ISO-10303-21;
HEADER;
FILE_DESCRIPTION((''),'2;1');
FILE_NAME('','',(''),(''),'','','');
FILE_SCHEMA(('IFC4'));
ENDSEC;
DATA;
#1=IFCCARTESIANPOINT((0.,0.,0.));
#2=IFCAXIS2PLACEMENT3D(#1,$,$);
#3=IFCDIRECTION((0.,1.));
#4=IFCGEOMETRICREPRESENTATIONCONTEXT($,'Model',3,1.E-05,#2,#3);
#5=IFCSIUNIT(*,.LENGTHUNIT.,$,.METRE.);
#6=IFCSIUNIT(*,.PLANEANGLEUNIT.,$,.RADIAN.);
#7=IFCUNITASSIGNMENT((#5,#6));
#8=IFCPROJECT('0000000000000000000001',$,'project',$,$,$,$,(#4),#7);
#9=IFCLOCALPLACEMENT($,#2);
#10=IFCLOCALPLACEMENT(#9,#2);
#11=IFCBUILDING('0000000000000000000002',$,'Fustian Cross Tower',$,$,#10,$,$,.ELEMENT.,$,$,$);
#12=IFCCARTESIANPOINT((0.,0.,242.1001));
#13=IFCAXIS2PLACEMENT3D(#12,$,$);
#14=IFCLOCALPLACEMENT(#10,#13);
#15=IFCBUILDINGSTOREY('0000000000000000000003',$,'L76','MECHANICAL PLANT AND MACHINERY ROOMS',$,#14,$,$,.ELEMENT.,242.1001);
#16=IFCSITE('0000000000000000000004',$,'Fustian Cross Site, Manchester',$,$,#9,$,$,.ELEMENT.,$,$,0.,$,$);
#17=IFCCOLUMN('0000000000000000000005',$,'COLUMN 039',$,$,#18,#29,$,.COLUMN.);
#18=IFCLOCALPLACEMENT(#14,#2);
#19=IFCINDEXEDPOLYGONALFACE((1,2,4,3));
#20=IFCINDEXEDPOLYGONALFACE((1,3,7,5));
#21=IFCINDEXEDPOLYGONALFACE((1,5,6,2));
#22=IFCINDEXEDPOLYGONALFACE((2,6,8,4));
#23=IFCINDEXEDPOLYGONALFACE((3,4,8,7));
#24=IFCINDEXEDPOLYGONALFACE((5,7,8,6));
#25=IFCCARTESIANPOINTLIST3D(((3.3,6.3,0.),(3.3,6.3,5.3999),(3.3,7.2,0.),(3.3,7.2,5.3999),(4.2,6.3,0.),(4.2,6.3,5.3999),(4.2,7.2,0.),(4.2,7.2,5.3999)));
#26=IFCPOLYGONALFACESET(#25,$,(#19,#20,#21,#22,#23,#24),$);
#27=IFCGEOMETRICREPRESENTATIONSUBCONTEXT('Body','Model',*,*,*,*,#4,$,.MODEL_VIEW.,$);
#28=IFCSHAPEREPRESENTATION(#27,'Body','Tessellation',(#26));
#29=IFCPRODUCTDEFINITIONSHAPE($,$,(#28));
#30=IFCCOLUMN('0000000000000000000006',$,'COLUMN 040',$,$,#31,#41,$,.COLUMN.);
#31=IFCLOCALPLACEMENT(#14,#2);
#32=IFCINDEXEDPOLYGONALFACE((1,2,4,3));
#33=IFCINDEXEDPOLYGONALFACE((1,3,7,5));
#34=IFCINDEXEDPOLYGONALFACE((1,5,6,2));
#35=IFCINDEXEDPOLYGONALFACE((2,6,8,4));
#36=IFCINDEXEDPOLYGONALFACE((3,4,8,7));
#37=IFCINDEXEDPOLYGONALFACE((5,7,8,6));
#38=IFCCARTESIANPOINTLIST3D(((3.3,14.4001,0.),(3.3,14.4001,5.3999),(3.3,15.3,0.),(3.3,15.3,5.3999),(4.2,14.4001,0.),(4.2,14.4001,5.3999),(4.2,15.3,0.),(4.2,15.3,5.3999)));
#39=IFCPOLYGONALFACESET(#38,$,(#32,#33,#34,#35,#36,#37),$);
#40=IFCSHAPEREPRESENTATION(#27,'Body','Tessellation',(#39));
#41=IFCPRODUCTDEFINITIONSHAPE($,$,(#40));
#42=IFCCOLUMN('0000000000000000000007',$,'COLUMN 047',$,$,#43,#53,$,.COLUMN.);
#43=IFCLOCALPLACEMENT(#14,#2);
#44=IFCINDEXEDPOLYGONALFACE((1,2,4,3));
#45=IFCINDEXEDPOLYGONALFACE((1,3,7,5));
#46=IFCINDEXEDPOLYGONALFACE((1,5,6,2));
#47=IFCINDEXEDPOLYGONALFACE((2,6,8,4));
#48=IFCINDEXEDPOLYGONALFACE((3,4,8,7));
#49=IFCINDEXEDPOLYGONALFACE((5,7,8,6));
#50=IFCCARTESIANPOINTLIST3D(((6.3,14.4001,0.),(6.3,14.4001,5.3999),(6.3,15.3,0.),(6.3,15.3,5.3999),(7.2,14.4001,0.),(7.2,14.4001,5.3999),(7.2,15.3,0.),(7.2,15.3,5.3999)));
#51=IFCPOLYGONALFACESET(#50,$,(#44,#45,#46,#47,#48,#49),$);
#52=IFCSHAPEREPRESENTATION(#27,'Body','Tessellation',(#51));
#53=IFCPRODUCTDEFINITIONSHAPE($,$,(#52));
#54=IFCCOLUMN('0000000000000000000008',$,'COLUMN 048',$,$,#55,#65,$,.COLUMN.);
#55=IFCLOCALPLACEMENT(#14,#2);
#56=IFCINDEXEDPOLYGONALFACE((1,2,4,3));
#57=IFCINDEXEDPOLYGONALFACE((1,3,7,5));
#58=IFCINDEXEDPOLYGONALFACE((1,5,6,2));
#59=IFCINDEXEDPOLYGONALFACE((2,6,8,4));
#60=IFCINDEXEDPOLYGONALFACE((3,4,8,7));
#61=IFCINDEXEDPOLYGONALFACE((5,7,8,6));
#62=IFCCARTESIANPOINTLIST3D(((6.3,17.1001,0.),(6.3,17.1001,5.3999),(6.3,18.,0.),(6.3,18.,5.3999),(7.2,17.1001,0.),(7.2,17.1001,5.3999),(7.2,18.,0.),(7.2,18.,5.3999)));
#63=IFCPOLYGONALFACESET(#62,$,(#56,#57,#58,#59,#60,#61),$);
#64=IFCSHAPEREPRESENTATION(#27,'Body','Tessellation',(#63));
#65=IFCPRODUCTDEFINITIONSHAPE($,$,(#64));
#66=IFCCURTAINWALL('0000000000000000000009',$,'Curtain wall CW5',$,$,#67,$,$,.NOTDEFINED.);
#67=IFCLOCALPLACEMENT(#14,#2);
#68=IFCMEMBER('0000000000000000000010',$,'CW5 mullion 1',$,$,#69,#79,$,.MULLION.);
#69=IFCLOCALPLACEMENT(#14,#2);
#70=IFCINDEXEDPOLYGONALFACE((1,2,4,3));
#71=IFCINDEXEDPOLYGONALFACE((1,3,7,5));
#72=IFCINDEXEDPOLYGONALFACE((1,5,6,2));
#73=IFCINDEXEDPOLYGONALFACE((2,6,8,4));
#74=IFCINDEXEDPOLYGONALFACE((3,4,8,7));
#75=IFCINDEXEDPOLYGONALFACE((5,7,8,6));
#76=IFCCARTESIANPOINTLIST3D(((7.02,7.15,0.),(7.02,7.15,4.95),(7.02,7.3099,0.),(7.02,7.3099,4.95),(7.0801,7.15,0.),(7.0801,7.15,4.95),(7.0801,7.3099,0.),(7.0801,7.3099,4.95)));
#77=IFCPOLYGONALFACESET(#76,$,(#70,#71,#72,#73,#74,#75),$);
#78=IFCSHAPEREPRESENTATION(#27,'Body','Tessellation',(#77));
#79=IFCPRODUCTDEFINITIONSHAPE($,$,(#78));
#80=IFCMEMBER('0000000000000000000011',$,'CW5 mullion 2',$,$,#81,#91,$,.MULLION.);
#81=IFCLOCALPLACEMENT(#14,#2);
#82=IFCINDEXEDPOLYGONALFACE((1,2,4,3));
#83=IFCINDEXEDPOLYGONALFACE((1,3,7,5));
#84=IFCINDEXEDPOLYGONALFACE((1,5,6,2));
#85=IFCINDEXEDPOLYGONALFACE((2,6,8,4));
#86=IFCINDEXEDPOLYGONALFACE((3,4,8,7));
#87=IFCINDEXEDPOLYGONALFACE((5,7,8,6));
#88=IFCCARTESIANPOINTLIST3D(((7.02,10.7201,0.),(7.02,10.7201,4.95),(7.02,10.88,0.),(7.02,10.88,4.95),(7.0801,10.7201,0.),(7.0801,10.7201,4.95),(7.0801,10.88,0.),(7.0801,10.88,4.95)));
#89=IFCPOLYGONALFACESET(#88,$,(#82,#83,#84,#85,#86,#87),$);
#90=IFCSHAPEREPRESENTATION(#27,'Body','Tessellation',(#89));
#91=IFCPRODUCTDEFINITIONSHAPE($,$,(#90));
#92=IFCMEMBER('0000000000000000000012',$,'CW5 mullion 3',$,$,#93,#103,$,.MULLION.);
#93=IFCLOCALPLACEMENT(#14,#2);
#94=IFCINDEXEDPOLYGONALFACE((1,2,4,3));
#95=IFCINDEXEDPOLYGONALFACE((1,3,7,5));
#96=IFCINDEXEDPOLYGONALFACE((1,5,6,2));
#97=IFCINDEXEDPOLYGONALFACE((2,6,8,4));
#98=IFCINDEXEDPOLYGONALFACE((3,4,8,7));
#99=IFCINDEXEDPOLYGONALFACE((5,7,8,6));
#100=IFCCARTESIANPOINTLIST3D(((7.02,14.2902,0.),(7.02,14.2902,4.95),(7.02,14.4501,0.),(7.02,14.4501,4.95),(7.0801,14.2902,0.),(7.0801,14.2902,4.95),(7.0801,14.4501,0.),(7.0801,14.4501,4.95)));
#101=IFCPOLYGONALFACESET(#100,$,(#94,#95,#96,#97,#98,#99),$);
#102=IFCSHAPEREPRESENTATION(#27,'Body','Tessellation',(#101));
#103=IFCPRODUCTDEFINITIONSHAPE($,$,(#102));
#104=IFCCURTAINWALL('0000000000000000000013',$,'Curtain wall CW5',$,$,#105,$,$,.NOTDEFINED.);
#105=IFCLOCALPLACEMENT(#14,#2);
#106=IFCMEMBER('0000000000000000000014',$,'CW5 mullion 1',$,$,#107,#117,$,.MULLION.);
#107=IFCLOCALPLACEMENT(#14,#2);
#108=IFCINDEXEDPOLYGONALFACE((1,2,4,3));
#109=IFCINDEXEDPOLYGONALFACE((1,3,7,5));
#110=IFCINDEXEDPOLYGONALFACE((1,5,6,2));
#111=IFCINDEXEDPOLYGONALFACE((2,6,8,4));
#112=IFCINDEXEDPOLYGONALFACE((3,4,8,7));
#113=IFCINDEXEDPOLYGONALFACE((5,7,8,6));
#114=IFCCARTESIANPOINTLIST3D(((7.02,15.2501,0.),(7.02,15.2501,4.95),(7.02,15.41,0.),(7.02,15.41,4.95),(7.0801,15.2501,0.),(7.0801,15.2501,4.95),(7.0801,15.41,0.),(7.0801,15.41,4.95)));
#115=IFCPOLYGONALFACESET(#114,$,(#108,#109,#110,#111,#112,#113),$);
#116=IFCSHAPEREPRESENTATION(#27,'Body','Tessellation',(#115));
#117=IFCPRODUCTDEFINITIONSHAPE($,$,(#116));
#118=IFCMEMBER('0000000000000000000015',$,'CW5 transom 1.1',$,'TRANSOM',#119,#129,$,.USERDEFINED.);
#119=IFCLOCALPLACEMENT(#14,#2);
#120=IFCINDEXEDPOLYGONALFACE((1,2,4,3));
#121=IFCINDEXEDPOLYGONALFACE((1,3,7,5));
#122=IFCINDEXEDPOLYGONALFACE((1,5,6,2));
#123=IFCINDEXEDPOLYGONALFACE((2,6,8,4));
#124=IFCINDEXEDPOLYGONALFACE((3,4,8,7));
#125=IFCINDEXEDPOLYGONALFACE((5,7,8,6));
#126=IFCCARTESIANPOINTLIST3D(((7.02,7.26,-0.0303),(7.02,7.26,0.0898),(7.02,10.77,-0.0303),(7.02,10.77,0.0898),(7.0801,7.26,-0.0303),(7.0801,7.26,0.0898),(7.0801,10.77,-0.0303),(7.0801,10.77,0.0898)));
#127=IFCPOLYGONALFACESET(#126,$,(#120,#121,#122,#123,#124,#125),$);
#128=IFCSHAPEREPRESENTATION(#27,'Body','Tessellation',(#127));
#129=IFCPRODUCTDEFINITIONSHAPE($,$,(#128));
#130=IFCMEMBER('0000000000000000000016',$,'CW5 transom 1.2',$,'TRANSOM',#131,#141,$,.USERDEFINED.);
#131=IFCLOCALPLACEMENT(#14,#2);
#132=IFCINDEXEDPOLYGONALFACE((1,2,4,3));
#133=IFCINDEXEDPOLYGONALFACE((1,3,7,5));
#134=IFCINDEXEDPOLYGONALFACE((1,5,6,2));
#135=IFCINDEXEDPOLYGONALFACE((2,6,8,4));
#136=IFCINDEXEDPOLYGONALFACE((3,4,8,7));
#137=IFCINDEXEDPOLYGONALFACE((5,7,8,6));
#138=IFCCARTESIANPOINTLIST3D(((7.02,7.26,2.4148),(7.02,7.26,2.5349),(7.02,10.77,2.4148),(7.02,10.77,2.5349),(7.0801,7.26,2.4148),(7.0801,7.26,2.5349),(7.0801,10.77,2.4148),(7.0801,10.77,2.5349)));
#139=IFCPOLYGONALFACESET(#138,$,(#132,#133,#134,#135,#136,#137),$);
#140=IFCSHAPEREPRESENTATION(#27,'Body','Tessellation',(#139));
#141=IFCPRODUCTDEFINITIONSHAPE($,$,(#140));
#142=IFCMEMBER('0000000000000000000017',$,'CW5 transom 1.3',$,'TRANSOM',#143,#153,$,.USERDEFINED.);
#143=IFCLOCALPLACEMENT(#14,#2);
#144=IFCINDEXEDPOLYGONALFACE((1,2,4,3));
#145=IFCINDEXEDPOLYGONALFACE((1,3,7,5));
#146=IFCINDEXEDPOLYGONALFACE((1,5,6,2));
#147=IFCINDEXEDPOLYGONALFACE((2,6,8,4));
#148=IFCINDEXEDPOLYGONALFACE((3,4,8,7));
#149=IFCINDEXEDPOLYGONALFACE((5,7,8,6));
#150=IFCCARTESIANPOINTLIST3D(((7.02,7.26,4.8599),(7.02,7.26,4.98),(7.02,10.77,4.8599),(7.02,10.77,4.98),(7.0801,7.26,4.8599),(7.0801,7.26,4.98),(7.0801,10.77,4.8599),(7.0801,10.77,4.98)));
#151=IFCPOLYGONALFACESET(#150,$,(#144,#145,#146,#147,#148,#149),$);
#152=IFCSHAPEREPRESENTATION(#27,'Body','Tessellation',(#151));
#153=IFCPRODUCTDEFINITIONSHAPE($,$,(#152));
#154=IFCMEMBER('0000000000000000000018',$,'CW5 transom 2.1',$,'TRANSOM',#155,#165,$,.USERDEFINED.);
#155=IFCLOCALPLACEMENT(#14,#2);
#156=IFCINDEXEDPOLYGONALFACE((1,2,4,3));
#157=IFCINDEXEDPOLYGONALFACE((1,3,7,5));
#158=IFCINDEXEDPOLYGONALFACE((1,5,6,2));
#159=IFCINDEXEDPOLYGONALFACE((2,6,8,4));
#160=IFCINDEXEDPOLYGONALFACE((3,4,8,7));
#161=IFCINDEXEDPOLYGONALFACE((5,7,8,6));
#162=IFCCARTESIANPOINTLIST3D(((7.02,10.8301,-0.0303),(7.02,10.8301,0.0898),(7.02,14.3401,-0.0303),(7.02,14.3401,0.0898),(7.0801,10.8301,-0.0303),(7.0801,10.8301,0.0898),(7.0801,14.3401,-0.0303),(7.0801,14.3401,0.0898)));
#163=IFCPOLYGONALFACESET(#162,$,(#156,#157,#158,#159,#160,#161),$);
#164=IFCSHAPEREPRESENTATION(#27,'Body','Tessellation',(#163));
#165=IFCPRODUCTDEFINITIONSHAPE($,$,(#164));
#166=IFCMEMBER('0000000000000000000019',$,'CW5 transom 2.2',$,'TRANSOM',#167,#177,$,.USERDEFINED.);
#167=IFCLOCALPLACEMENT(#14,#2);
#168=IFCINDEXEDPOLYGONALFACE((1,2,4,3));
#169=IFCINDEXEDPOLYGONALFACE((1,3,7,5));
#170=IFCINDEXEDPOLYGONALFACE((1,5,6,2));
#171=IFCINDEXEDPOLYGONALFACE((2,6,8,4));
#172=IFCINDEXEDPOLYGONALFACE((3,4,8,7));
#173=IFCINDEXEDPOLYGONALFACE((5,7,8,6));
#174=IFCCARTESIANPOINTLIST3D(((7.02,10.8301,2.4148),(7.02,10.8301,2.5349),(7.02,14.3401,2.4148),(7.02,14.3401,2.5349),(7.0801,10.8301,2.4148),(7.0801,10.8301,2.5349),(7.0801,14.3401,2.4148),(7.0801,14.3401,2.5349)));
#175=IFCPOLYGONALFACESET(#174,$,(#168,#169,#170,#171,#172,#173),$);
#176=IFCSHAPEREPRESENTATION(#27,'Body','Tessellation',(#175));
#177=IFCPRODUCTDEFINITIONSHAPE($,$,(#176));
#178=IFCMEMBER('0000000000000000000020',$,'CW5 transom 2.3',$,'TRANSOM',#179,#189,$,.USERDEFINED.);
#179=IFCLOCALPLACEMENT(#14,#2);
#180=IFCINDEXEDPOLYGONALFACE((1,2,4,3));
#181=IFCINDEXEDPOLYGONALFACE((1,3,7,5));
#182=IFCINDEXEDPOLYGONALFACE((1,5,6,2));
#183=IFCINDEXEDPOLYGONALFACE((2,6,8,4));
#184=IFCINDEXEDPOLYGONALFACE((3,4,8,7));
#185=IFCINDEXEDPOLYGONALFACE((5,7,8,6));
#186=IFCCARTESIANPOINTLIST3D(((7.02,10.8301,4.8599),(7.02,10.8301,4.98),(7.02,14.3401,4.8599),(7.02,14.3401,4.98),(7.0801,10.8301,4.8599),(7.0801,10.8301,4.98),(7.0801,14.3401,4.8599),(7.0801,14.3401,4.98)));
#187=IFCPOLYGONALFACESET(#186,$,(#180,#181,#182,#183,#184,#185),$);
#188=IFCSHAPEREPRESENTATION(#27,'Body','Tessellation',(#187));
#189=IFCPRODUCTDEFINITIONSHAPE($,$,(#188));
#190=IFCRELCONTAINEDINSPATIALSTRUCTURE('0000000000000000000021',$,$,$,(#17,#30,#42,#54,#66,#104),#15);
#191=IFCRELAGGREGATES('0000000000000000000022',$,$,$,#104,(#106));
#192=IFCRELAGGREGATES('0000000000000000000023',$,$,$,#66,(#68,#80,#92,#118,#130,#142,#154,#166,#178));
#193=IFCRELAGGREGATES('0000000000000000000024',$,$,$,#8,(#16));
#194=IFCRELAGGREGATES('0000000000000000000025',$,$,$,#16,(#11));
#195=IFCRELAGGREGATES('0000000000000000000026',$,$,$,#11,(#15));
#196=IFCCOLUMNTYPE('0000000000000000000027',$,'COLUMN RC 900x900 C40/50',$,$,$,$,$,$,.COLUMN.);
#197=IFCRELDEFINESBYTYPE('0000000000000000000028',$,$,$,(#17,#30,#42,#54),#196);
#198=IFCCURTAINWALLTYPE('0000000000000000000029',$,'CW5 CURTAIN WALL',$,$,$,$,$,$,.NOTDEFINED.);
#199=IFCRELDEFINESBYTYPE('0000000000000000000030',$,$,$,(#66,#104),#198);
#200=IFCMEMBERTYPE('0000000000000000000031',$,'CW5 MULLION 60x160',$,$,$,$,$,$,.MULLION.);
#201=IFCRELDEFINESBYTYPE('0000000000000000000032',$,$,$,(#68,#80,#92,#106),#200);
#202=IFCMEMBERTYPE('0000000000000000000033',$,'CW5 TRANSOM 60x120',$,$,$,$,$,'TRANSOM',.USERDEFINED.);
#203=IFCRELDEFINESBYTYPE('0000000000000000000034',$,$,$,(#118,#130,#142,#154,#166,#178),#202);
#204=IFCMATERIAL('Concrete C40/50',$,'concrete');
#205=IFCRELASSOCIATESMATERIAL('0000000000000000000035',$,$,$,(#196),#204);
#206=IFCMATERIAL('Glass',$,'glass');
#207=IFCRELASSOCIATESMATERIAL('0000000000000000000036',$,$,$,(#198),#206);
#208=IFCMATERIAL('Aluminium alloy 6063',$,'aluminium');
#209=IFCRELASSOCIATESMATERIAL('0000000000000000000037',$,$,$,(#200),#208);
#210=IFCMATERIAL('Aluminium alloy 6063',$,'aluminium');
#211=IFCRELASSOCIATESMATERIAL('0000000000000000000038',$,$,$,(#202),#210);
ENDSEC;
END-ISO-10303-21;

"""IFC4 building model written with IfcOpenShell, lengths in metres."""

from ifc_helpers import new_model, si_unit, direction, frame, origin, origin_2d, place, context, subcontext, project, spatial, rectangle, extrude, material, material_profile, profile_set, type_object, element, aggregate, save


model = new_model("IFC4")

# Units and contexts
model_context = context("Model", 3, precision=1e-05, world=origin(), true_north=direction((0.0, 1.0)))
body_context = subcontext(model_context, "Body", "Model", "MODEL_VIEW")
ifc_project = project(units=[si_unit("LENGTHUNIT", "METRE"), si_unit("PLANEANGLEUNIT", "RADIAN")], contexts=[model_context])

# Site, building, storey
site_placement = place(None, origin())
site = spatial("IfcSite", under=ifc_project, at=site_placement, Name="Fustian Cross Site, Manchester", CompositionType="ELEMENT", RefElevation=0.0)
building_placement = place(site_placement, origin())
building = spatial("IfcBuilding", under=site, at=building_placement, Name="Fustian Cross Tower", CompositionType="ELEMENT")
storey_placement = place(building_placement, frame((0.0, 0.0, 242.1001)))
storey = spatial("IfcBuildingStorey", under=building, at=storey_placement, Name="L76", Description="MECHANICAL PLANT AND MACHINERY ROOMS", CompositionType="ELEMENT", Elevation=242.1001)

# Columns
ifc_material_1 = material(Name="Concrete C40/50", Category="concrete")
ifc_material_profile_1 = material_profile(ifc_material_1, rectangle(XDim=0.8999, YDim=0.8999, at=origin_2d()), Name="RC 900x900")
ifc_profile_set_1 = profile_set([ifc_material_profile_1], Name="Concrete C40/50")
column_type = type_object("IfcColumnType", Name="COLUMN RC 900x900 C40/50", PredefinedType="COLUMN", material=ifc_profile_set_1)
for number, where, z_axis, x_axis, name in (
    (1, (3.75, 6.75, 0.0), (0.0, 0.0, 1.0), (1.0, 0.0, 0.0), "COLUMN 039"),
    (2, (3.75, 14.8501, 0.0), (0.0, 0.0, 1.0), (1.0, 0.0, 0.0), "COLUMN 040"),
    (3, (6.75, 14.8501, 0.0), (0.0, 0.0, 1.0), (1.0, 0.0, 0.0), "COLUMN 047"),
    (4, (6.75, 17.55, 0.0), (0.0, 0.0, 1.0), (1.0, 0.0, 0.0), "COLUMN 048"),
):
    element("IfcColumn", number, at=place(storey_placement, frame(where, z_axis=z_axis, x_axis=x_axis)), inside=storey, type_object=column_type, Name=name, PredefinedType="COLUMN", context=body_context, shape_type="SweptSolid", body=[
        extrude(rectangle(XDim=0.8999, YDim=0.8999, at=origin_2d()), origin(), (0.0, 0.0, 1.0), 5.3999),
    ])

# Curtain wall, members
ifc_material_2 = material(Name="Glass", Category="glass")
curtain_wall_type = type_object("IfcCurtainWallType", Name="CW5 CURTAIN WALL", PredefinedType="NOTDEFINED", material=ifc_material_2)
curtain_wall_1_placement = place(storey_placement, origin())
curtain_wall_1 = element("IfcCurtainWall", 5, at=curtain_wall_1_placement, inside=storey, type_object=curtain_wall_type, Name="Curtain wall CW5", PredefinedType="NOTDEFINED")
ifc_material_3 = material(Name="Aluminium alloy 6063", Category="aluminium")
ifc_material_profile_2 = material_profile(ifc_material_3, rectangle(XDim=0.0601, YDim=0.1599, at=origin_2d()), Name="CW5 MULLION 60x160")
ifc_profile_set_2 = profile_set([ifc_material_profile_2], Name="Aluminium alloy 6063")
member_type_1 = type_object("IfcMemberType", Name="CW5 MULLION 60x160", PredefinedType="MULLION", material=ifc_profile_set_2)
member_1_placement = place(storey_placement, frame((7.05, 7.23, 0.0), z_axis=(0.0, 0.0, 1.0), x_axis=(-1.0, 0.0, 0.0)))
member_1 = element("IfcMember", 6, at=member_1_placement, type_object=member_type_1, Name="CW5 mullion 1", PredefinedType="MULLION", context=body_context, shape_type="SweptSolid", body=[
    extrude(rectangle(XDim=0.0601, YDim=0.1599, at=origin_2d()), origin(), (0.0, 0.0, 1.0), 4.95),
])
member_2_placement = place(storey_placement, frame((7.05, 10.8, 0.0), z_axis=(0.0, 0.0, 1.0), x_axis=(-1.0, 0.0, 0.0)))
member_2 = element("IfcMember", 7, at=member_2_placement, type_object=member_type_1, Name="CW5 mullion 2", PredefinedType="MULLION", context=body_context, shape_type="SweptSolid", body=[
    extrude(rectangle(XDim=0.0601, YDim=0.1599, at=origin_2d()), origin(), (0.0, 0.0, 1.0), 4.95),
])
member_3_placement = place(storey_placement, frame((7.05, 14.3701, 0.0), z_axis=(0.0, 0.0, 1.0), x_axis=(-1.0, 0.0, 0.0)))
member_3 = element("IfcMember", 8, at=member_3_placement, type_object=member_type_1, Name="CW5 mullion 3", PredefinedType="MULLION", context=body_context, shape_type="SweptSolid", body=[
    extrude(rectangle(XDim=0.0601, YDim=0.1599, at=origin_2d()), origin(), (0.0, 0.0, 1.0), 4.95),
])

# Curtain wall, member
curtain_wall_2_placement = place(storey_placement, origin())
curtain_wall_2 = element("IfcCurtainWall", 9, at=curtain_wall_2_placement, inside=storey, type_object=curtain_wall_type, Name="Curtain wall CW5", PredefinedType="NOTDEFINED")
member_4_placement = place(storey_placement, frame((7.05, 15.3301, 0.0), z_axis=(0.0, 0.0, 1.0), x_axis=(-1.0, 0.0, 0.0)))
member_4 = element("IfcMember", 10, at=member_4_placement, type_object=member_type_1, Name="CW5 mullion 1", PredefinedType="MULLION", context=body_context, shape_type="SweptSolid", body=[
    extrude(rectangle(XDim=0.0601, YDim=0.1599, at=origin_2d()), origin(), (0.0, 0.0, 1.0), 4.95),
])
aggregate(curtain_wall_2, [member_4])

# Members
ifc_material_4 = material(Name="Aluminium alloy 6063", Category="aluminium")
ifc_material_profile_3 = material_profile(ifc_material_4, rectangle(XDim=0.0601, YDim=0.1201, at=origin_2d()), Name="CW5 TRANSOM 60x120")
ifc_profile_set_3 = profile_set([ifc_material_profile_3], Name="Aluminium alloy 6063")
member_type_2 = type_object("IfcMemberType", Name="CW5 TRANSOM 60x120", ElementType="TRANSOM", PredefinedType="USERDEFINED", material=ifc_profile_set_3)
member_5_placement = place(storey_placement, frame((7.05, 7.26, 0.0298), z_axis=(0.0, 1.0, 0.0), x_axis=(-1.0, 0.0, 0.0)))
member_5 = element("IfcMember", 11, at=member_5_placement, type_object=member_type_2, Name="CW5 transom 1.1", ObjectType="TRANSOM", PredefinedType="USERDEFINED", context=body_context, shape_type="SweptSolid", body=[
    extrude(rectangle(XDim=0.0601, YDim=0.1201, at=origin_2d()), origin(), (0.0, 0.0, 1.0), 3.51),
])
member_6_placement = place(storey_placement, frame((7.05, 7.26, 2.4749), z_axis=(0.0, 1.0, 0.0), x_axis=(-1.0, 0.0, 0.0)))
member_6 = element("IfcMember", 12, at=member_6_placement, type_object=member_type_2, Name="CW5 transom 1.2", ObjectType="TRANSOM", PredefinedType="USERDEFINED", context=body_context, shape_type="SweptSolid", body=[
    extrude(rectangle(XDim=0.0601, YDim=0.1201, at=origin_2d()), origin(), (0.0, 0.0, 1.0), 3.51),
])
member_7_placement = place(storey_placement, frame((7.05, 7.26, 4.9199), z_axis=(0.0, 1.0, 0.0), x_axis=(-1.0, 0.0, 0.0)))
member_7 = element("IfcMember", 13, at=member_7_placement, type_object=member_type_2, Name="CW5 transom 1.3", ObjectType="TRANSOM", PredefinedType="USERDEFINED", context=body_context, shape_type="SweptSolid", body=[
    extrude(rectangle(XDim=0.0601, YDim=0.1201, at=origin_2d()), origin(), (0.0, 0.0, 1.0), 3.51),
])
member_8_placement = place(storey_placement, frame((7.05, 10.8301, 0.0298), z_axis=(0.0, 1.0, 0.0), x_axis=(-1.0, 0.0, 0.0)))
member_8 = element("IfcMember", 14, at=member_8_placement, type_object=member_type_2, Name="CW5 transom 2.1", ObjectType="TRANSOM", PredefinedType="USERDEFINED", context=body_context, shape_type="SweptSolid", body=[
    extrude(rectangle(XDim=0.0601, YDim=0.1201, at=origin_2d()), origin(), (0.0, 0.0, 1.0), 3.51),
])
member_9_placement = place(storey_placement, frame((7.05, 10.8301, 2.4749), z_axis=(0.0, 1.0, 0.0), x_axis=(-1.0, 0.0, 0.0)))
member_9 = element("IfcMember", 15, at=member_9_placement, type_object=member_type_2, Name="CW5 transom 2.2", ObjectType="TRANSOM", PredefinedType="USERDEFINED", context=body_context, shape_type="SweptSolid", body=[
    extrude(rectangle(XDim=0.0601, YDim=0.1201, at=origin_2d()), origin(), (0.0, 0.0, 1.0), 3.51),
])
member_10_placement = place(storey_placement, frame((7.05, 10.8301, 4.9199), z_axis=(0.0, 1.0, 0.0), x_axis=(-1.0, 0.0, 0.0)))
member_10 = element("IfcMember", 16, at=member_10_placement, type_object=member_type_2, Name="CW5 transom 2.3", ObjectType="TRANSOM", PredefinedType="USERDEFINED", context=body_context, shape_type="SweptSolid", body=[
    extrude(rectangle(XDim=0.0601, YDim=0.1201, at=origin_2d()), origin(), (0.0, 0.0, 1.0), 3.51),
])

aggregate(curtain_wall_1, [member_1, member_2, member_3, member_5, member_6, member_7, member_8, member_9, member_10])

save(model, "model.ifc")
